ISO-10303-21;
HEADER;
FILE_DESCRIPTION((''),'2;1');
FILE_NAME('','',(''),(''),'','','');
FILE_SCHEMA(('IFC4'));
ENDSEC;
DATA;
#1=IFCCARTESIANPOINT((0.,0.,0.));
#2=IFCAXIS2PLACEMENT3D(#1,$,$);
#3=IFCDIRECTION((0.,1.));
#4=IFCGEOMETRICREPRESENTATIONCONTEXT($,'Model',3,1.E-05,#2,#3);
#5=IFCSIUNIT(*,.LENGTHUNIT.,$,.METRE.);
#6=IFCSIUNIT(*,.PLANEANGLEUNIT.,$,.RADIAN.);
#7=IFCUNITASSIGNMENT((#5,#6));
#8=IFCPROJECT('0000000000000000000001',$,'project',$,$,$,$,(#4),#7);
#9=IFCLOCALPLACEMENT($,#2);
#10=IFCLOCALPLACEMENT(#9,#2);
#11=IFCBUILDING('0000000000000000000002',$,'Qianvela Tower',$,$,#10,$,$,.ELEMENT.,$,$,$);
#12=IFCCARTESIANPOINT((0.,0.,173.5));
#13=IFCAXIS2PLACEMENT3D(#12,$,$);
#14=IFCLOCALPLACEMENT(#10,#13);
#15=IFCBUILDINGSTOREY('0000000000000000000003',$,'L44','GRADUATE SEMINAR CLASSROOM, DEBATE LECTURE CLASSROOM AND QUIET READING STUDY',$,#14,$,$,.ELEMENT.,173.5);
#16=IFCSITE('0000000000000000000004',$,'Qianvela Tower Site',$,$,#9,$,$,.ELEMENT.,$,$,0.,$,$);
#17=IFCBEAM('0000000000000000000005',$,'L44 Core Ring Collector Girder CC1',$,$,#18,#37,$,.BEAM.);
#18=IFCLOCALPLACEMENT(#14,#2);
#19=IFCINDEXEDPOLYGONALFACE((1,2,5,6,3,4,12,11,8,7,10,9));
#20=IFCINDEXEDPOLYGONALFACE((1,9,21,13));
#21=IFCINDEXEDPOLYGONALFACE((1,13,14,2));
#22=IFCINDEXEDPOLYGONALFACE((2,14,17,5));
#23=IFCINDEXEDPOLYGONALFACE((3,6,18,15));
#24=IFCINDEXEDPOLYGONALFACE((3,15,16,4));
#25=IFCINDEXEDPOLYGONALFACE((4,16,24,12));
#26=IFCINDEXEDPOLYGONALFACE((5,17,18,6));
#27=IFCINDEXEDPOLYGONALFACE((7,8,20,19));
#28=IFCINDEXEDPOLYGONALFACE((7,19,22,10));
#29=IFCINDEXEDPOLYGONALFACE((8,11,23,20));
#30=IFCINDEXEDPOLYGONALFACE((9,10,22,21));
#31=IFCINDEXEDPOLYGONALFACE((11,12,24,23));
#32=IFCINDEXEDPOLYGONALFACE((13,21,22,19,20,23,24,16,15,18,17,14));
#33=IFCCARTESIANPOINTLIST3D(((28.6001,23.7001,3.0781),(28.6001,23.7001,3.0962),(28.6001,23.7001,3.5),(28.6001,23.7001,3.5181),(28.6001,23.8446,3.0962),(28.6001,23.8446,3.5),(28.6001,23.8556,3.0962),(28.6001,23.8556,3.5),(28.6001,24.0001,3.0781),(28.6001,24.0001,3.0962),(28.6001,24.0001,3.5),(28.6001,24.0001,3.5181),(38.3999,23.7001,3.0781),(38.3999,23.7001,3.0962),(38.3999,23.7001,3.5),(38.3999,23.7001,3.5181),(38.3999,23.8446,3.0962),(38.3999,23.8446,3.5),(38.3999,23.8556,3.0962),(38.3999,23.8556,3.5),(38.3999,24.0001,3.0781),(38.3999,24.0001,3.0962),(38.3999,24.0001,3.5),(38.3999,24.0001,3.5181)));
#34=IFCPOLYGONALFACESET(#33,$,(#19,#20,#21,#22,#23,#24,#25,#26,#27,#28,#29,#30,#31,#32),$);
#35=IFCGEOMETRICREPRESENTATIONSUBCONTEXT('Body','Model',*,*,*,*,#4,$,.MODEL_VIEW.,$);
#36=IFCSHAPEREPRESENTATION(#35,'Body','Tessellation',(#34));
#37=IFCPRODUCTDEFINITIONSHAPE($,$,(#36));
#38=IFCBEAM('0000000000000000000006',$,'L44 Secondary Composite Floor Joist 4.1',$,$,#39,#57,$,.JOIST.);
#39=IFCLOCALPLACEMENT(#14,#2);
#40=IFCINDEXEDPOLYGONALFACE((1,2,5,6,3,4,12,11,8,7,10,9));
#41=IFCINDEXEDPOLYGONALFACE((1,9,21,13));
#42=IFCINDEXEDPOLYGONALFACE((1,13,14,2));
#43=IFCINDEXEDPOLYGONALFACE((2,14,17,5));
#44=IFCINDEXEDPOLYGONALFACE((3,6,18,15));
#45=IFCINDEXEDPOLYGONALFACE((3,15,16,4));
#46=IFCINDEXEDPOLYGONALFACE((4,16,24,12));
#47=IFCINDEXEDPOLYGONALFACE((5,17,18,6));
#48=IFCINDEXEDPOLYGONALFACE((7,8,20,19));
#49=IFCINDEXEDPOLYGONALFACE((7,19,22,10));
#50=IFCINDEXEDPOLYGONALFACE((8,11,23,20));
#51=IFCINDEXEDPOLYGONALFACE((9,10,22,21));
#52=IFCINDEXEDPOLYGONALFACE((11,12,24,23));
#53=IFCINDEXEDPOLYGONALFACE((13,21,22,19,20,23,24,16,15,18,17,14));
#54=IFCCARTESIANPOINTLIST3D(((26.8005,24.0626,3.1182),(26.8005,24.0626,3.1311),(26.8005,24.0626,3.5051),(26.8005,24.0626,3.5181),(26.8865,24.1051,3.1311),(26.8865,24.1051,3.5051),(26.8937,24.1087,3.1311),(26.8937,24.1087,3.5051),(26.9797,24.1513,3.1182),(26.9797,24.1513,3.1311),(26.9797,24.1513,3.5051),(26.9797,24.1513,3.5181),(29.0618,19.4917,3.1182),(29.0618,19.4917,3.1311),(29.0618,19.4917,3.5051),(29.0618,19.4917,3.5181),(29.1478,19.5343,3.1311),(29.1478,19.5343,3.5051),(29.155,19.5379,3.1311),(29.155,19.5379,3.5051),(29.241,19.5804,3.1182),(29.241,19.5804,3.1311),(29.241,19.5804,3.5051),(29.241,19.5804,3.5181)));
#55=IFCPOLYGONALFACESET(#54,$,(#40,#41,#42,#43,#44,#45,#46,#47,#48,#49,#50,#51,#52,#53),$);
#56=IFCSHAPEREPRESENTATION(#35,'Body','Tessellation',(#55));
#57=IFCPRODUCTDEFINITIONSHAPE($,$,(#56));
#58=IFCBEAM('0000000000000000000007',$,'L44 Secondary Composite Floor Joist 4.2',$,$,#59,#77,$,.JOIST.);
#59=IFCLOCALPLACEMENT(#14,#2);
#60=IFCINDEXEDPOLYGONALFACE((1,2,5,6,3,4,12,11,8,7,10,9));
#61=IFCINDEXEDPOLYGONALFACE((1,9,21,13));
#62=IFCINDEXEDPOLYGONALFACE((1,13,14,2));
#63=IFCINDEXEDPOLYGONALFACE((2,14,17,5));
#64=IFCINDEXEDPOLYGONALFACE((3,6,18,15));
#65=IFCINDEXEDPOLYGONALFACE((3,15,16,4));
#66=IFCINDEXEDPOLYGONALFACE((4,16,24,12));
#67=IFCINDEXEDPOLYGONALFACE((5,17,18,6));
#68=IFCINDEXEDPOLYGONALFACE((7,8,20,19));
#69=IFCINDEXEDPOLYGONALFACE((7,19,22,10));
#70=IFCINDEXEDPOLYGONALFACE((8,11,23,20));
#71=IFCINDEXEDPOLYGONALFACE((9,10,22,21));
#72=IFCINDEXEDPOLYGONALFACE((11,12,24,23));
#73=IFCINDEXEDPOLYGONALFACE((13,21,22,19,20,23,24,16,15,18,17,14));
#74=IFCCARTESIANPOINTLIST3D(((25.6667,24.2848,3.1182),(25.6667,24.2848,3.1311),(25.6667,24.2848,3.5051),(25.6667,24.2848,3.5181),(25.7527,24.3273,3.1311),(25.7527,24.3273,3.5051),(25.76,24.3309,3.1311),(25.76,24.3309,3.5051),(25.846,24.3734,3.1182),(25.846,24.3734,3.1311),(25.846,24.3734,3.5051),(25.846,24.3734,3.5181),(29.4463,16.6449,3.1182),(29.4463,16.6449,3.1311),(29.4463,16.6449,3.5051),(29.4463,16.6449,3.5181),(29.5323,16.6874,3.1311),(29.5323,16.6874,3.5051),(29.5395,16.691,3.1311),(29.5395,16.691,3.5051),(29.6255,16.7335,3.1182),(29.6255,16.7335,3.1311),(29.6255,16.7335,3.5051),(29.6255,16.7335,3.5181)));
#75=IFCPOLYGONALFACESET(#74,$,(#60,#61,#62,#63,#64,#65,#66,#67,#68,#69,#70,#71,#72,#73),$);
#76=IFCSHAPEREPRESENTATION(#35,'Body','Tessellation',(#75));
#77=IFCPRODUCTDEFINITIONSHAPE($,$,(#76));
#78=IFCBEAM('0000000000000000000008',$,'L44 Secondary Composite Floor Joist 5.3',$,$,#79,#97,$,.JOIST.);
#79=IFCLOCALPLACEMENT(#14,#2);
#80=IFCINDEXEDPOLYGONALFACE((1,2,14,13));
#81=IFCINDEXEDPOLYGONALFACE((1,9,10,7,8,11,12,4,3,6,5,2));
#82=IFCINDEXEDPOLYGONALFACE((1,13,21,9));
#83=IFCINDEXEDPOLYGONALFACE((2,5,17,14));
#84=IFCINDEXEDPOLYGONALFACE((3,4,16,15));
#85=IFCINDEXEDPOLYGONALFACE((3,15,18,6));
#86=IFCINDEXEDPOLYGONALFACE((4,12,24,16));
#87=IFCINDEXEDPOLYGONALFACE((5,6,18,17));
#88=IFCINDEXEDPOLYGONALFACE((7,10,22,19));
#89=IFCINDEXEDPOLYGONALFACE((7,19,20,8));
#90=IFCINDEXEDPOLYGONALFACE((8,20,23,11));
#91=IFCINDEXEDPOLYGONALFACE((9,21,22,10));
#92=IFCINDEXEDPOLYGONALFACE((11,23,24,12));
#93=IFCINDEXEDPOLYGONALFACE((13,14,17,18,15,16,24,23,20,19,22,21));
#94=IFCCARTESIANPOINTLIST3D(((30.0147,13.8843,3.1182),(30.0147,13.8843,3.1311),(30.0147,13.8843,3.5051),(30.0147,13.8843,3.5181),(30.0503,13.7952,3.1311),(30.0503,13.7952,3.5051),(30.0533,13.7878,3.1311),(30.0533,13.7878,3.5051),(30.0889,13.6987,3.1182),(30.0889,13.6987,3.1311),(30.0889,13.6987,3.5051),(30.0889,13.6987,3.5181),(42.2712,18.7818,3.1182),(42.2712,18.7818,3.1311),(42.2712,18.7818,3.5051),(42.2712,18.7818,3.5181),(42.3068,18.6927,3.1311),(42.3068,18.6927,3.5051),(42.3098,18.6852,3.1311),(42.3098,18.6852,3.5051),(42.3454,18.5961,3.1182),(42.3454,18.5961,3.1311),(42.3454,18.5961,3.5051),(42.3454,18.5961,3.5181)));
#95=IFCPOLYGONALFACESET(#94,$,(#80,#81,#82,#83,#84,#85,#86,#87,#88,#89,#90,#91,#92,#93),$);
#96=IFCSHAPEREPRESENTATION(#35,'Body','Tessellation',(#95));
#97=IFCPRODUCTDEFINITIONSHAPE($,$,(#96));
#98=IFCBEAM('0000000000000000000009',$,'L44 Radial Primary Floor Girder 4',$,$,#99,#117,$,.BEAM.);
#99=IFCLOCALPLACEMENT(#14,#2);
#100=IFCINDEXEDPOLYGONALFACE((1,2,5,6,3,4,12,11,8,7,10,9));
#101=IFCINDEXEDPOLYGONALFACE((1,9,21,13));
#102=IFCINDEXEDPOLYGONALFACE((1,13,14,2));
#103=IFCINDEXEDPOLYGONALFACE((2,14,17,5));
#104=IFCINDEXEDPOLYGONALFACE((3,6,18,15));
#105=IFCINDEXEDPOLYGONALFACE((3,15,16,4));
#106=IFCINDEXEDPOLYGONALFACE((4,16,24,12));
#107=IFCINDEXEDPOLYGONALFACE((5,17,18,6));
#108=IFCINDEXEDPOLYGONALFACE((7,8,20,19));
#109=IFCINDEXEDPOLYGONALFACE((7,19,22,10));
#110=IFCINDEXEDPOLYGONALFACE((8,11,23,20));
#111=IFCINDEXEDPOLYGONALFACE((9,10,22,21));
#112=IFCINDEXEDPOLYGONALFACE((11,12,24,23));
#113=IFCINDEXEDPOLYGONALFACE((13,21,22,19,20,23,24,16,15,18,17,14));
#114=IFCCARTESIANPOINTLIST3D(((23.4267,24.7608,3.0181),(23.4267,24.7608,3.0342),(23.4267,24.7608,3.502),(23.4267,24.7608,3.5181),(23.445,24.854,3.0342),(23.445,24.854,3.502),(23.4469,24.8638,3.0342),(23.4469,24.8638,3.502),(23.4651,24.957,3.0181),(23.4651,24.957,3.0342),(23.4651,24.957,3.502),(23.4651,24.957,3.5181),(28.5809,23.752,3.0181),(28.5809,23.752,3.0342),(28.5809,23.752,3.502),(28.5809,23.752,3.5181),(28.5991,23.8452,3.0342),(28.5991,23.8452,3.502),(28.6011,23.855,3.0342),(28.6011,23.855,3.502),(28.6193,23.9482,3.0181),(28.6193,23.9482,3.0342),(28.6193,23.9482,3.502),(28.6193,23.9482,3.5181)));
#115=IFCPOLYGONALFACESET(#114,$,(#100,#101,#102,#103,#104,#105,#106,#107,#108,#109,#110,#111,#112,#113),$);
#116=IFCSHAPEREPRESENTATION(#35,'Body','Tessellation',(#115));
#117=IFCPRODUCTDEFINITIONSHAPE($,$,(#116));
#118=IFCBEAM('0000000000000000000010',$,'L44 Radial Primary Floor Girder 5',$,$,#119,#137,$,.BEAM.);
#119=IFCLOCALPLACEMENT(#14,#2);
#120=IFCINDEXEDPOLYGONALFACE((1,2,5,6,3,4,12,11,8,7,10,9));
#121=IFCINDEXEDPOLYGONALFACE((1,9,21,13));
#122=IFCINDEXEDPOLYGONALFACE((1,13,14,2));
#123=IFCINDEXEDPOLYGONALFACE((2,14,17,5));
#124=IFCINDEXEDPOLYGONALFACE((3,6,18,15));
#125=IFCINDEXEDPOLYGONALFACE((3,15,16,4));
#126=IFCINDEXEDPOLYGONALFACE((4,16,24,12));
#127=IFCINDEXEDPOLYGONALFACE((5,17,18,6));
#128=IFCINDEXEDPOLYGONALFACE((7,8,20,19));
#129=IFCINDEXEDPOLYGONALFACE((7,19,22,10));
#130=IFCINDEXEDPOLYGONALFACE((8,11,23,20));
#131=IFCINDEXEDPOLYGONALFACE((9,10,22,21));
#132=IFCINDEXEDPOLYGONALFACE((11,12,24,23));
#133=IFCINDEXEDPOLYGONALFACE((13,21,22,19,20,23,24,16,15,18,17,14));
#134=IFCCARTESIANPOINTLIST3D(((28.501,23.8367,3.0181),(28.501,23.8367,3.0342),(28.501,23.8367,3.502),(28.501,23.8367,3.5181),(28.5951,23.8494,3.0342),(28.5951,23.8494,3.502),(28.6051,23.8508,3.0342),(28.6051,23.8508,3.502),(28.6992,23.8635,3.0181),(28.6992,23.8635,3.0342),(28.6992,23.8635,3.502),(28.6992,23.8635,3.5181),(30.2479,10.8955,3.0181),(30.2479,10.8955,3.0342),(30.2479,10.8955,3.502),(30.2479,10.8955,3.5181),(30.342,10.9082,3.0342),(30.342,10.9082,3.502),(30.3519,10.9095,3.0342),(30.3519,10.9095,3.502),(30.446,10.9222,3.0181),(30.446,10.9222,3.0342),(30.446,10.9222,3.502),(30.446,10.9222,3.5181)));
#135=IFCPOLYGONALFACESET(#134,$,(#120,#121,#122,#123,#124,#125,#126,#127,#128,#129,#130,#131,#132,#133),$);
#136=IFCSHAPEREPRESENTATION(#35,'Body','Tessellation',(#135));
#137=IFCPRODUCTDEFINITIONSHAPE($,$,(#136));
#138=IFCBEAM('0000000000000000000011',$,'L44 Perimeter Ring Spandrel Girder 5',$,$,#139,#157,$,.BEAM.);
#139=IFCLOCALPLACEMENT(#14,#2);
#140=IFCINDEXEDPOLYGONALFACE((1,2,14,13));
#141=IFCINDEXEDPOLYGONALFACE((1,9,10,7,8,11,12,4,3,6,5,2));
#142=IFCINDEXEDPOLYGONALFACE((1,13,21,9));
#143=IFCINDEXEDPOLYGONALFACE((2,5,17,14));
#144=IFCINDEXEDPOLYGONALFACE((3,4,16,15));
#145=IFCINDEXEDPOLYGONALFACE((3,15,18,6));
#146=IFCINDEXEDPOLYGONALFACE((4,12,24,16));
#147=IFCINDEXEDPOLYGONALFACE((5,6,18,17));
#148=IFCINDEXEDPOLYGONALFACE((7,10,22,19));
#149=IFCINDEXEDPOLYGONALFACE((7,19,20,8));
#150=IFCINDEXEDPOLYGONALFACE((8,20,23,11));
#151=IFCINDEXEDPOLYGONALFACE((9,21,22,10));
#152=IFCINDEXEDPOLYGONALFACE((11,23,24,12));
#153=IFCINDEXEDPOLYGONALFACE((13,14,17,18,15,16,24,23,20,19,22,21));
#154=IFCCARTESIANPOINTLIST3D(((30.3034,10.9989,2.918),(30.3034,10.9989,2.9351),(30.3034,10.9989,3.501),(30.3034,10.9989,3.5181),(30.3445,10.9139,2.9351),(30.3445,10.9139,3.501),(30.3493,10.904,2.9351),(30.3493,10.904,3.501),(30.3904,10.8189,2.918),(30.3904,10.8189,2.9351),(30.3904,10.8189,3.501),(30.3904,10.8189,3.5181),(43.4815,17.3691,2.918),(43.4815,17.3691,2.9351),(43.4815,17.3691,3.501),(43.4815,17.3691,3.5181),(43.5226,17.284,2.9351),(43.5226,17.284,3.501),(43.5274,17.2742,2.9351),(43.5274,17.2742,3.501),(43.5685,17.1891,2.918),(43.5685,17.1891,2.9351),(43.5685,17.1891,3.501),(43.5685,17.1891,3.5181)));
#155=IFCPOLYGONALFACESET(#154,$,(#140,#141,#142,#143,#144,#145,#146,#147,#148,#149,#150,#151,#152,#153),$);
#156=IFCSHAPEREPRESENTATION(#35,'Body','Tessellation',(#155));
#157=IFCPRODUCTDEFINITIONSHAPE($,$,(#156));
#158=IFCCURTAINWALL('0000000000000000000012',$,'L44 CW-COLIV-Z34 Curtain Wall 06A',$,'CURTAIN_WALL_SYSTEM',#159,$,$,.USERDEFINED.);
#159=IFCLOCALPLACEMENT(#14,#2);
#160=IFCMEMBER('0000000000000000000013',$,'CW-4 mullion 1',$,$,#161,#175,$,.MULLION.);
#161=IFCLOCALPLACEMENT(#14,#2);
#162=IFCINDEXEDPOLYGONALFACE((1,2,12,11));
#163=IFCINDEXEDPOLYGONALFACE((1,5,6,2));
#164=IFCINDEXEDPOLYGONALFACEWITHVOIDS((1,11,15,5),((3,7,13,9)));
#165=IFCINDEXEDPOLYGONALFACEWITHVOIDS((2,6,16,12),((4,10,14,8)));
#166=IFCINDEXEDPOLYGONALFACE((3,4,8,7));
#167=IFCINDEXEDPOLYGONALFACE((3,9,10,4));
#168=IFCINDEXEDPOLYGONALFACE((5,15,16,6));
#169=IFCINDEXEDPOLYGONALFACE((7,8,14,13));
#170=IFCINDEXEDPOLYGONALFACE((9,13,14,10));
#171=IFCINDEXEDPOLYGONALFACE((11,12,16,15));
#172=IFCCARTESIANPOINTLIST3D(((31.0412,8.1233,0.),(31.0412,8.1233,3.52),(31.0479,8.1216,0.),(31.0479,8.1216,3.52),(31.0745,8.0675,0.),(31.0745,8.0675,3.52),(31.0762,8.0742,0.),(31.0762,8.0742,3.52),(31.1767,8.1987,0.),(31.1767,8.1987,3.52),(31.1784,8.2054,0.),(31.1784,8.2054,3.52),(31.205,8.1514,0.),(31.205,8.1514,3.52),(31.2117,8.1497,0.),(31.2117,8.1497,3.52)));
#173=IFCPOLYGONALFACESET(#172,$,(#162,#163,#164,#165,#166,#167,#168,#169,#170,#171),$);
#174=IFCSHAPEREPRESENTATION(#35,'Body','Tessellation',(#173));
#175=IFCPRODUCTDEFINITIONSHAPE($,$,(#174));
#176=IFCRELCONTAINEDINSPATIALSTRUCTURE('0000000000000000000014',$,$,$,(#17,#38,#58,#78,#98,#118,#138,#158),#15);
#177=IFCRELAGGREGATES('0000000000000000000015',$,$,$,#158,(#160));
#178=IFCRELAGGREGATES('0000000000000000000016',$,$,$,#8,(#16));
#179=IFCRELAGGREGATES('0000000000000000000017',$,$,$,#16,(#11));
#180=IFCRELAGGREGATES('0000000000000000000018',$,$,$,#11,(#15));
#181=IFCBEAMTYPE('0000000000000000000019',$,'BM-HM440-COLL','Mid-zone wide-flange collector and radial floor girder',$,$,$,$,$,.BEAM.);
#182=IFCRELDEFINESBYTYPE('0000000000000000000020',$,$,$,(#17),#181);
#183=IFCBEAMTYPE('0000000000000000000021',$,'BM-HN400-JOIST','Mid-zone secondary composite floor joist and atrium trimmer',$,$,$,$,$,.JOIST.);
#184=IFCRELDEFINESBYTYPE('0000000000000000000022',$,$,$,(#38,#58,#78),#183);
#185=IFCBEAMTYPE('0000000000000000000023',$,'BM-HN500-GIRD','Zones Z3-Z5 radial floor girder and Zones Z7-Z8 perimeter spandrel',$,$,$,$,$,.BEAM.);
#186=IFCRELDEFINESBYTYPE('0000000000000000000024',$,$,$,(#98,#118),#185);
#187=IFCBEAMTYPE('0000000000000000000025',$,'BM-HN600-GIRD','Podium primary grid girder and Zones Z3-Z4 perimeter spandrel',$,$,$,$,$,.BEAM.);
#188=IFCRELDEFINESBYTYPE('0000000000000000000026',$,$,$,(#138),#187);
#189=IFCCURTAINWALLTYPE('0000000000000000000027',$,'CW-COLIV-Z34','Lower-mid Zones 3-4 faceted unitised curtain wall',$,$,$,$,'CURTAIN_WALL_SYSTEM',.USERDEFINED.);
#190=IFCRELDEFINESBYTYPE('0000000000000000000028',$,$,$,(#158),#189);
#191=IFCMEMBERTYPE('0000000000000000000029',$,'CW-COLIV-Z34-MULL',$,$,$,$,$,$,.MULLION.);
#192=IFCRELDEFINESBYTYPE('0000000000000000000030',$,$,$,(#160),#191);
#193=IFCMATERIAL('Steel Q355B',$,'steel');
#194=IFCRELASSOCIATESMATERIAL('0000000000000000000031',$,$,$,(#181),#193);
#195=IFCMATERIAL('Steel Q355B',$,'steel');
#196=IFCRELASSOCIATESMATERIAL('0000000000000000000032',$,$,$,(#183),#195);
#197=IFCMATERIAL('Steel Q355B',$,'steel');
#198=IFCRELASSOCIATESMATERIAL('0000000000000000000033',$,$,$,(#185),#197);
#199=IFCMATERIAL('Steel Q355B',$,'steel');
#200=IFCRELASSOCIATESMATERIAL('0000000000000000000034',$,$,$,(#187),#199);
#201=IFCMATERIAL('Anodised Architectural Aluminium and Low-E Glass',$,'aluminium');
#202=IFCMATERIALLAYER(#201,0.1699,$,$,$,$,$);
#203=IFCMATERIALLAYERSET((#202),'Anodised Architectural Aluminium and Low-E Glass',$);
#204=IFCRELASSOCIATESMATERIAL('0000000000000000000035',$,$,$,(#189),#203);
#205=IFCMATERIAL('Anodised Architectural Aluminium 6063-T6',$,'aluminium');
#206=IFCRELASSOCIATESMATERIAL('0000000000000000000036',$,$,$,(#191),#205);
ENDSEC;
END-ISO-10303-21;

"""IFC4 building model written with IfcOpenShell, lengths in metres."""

from ifc_helpers import new_model, si_unit, direction, frame, origin, origin_2d, place, context, subcontext, project, spatial, hollow_rectangle, i_section, extrude, material, layer, layer_set, material_profile, profile_set, type_object, element, aggregate, save


model = new_model("IFC4")

# Units and contexts
model_context = context("Model", 3, precision=1e-05, world=origin(), true_north=direction((0.0, 1.0)))
body_context = subcontext(model_context, "Body", "Model", "MODEL_VIEW")
ifc_project = project(units=[si_unit("LENGTHUNIT", "METRE"), si_unit("PLANEANGLEUNIT", "RADIAN")], contexts=[model_context])

# Site, building, storey
site_placement = place(None, origin())
site = spatial("IfcSite", under=ifc_project, at=site_placement, Name="Qianvela Tower Site", CompositionType="ELEMENT", RefElevation=0.0)
building_placement = place(site_placement, origin())
building = spatial("IfcBuilding", under=site, at=building_placement, Name="Qianvela Tower", CompositionType="ELEMENT")
storey_placement = place(building_placement, frame((0.0, 0.0, 173.5)))
storey = spatial("IfcBuildingStorey", under=building, at=storey_placement, Name="L44", Description="GRADUATE SEMINAR CLASSROOM, DEBATE LECTURE CLASSROOM AND QUIET READING STUDY", CompositionType="ELEMENT", Elevation=173.5)

# Beams
ifc_material_1 = material(Name="Steel Q355B", Category="steel")
ifc_material_profile_1 = material_profile(ifc_material_1, i_section(OverallWidth=0.3, OverallDepth=0.4399, WebThickness=0.011, FlangeThickness=0.0181, at=origin_2d()), Name="HM440x300x11x18")
ifc_profile_set_1 = profile_set([ifc_material_profile_1], Name="Steel Q355B")
beam_type_1 = type_object("IfcBeamType", Name="BM-HM440-COLL", Description="Mid-zone wide-flange collector and radial floor girder", PredefinedType="BEAM", material=ifc_profile_set_1)
beam_1_placement = place(storey_placement, frame((28.6001, 23.8501, 3.2981), z_axis=(1.0, 0.0, 0.0), x_axis=(0.0, 1.0, 0.0)))
element("IfcBeam", 1, at=beam_1_placement, inside=storey, type_object=beam_type_1, Name="L44 Core Ring Collector Girder CC1", PredefinedType="BEAM", context=body_context, shape_type="SweptSolid", body=[
    extrude(i_section(OverallWidth=0.3, OverallDepth=0.4399, WebThickness=0.011, FlangeThickness=0.0181, at=origin_2d()), origin(), (0.0, 0.0, 1.0), 9.7998),
])
ifc_material_2 = material(Name="Steel Q355B", Category="steel")
ifc_material_profile_2 = material_profile(ifc_material_2, i_section(OverallWidth=0.2, OverallDepth=0.3999, WebThickness=0.0081, FlangeThickness=0.0129, at=origin_2d()), Name="HN400x200x8x13")
ifc_profile_set_2 = profile_set([ifc_material_profile_2], Name="Steel Q355B")
beam_type_2 = type_object("IfcBeamType", Name="BM-HN400-JOIST", Description="Mid-zone secondary composite floor joist and atrium trimmer", PredefinedType="JOIST", material=ifc_profile_set_2)
beam_2_placement = place(storey_placement, frame((26.8901, 24.1069, 3.3181), z_axis=(0.443418, -0.896315, 0.0), x_axis=(0.896315, 0.443418, 0.0)))
element("IfcBeam", 2, at=beam_2_placement, inside=storey, type_object=beam_type_2, Name="L44 Secondary Composite Floor Joist 4.1", PredefinedType="JOIST", context=body_context, shape_type="SweptSolid", body=[
    extrude(i_section(OverallWidth=0.2, OverallDepth=0.3999, WebThickness=0.0081, FlangeThickness=0.0129, at=origin_2d()), origin(), (0.0, 0.0, 1.0), 5.0996),
])
beam_3_placement = place(storey_placement, frame((25.7563, 24.3291, 3.3181), z_axis=(0.443417, -0.896315, 0.0), x_axis=(0.896315, 0.443417, 0.0)))
element("IfcBeam", 3, at=beam_3_placement, inside=storey, type_object=beam_type_2, Name="L44 Secondary Composite Floor Joist 4.2", PredefinedType="JOIST", context=body_context, shape_type="SweptSolid", body=[
    extrude(i_section(OverallWidth=0.2, OverallDepth=0.3999, WebThickness=0.0081, FlangeThickness=0.0129, at=origin_2d()), origin(), (0.0, 0.0, 1.0), 8.5237),
])
beam_4_placement = place(storey_placement, frame((30.0518, 13.7915, 3.3181), z_axis=(0.928612, 0.371053, 0.0), x_axis=(-0.371053, 0.928612, 0.0)))
element("IfcBeam", 4, at=beam_4_placement, inside=storey, type_object=beam_type_2, Name="L44 Secondary Composite Floor Joist 5.3", PredefinedType="JOIST", context=body_context, shape_type="SweptSolid", body=[
    extrude(i_section(OverallWidth=0.2, OverallDepth=0.3999, WebThickness=0.0081, FlangeThickness=0.0129, at=origin_2d()), origin(), (0.0, 0.0, 1.0), 13.1987),
])
ifc_material_3 = material(Name="Steel Q355B", Category="steel")
ifc_material_profile_3 = material_profile(ifc_material_3, i_section(OverallWidth=0.2, OverallDepth=0.5, WebThickness=0.01, FlangeThickness=0.0161, at=origin_2d()), Name="HN500x200x10x16")
ifc_profile_set_3 = profile_set([ifc_material_profile_3], Name="Steel Q355B")
beam_type_3 = type_object("IfcBeamType", Name="BM-HN500-GIRD", Description="Zones Z3-Z5 radial floor girder and Zones Z7-Z8 perimeter spandrel", PredefinedType="BEAM", material=ifc_profile_set_3)
beam_5_placement = place(storey_placement, frame((28.6001, 23.8501, 3.2681), z_axis=(-0.981379, 0.192083, 0.0), x_axis=(-0.192083, -0.981379, 0.0)))
element("IfcBeam", 5, at=beam_5_placement, inside=storey, type_object=beam_type_3, Name="L44 Radial Primary Floor Girder 4", PredefinedType="BEAM", context=body_context, shape_type="SweptSolid", body=[
    extrude(i_section(OverallWidth=0.2, OverallDepth=0.5, WebThickness=0.01, FlangeThickness=0.0161, at=origin_2d()), origin(), (0.0, 0.0, 1.0), 5.252),
])
beam_6_placement = place(storey_placement, frame((28.6001, 23.8501, 3.2681), z_axis=(0.133769, -0.991013, 0.0), x_axis=(0.991013, 0.133769, 0.0)))
element("IfcBeam", 6, at=beam_6_placement, inside=storey, type_object=beam_type_3, Name="L44 Radial Primary Floor Girder 5", PredefinedType="BEAM", context=body_context, shape_type="SweptSolid", body=[
    extrude(i_section(OverallWidth=0.2, OverallDepth=0.5, WebThickness=0.01, FlangeThickness=0.0161, at=origin_2d()), origin(), (0.0, 0.0, 1.0), 13.0586),
])
ifc_material_4 = material(Name="Steel Q355B", Category="steel")
ifc_material_profile_4 = material_profile(ifc_material_4, i_section(OverallWidth=0.2, OverallDepth=0.6001, WebThickness=0.011, FlangeThickness=0.0171, at=origin_2d()), Name="HN600x200x11x17")
ifc_profile_set_4 = profile_set([ifc_material_profile_4], Name="Steel Q355B")
beam_type_4 = type_object("IfcBeamType", Name="BM-HN600-GIRD", Description="Podium primary grid girder and Zones Z3-Z4 perimeter spandrel", PredefinedType="BEAM", material=ifc_profile_set_4)
beam_7_placement = place(storey_placement, frame((30.3469, 10.9089, 3.218), z_axis=(0.900329, 0.435211, 0.0), x_axis=(-0.435211, 0.900329, 0.0)))
element("IfcBeam", 7, at=beam_7_placement, inside=storey, type_object=beam_type_4, Name="L44 Perimeter Ring Spandrel Girder 5", PredefinedType="BEAM", context=body_context, shape_type="SweptSolid", body=[
    extrude(i_section(OverallWidth=0.2, OverallDepth=0.6001, WebThickness=0.011, FlangeThickness=0.0171, at=origin_2d()), origin(), (0.0, 0.0, 1.0), 14.637),
])

# Curtain wall, member
ifc_material_5 = material(Name="Anodised Architectural Aluminium and Low-E Glass", Category="aluminium")
ifc_layer_1 = layer(ifc_material_5, 0.1699)
ifc_layer_set_1 = layer_set([ifc_layer_1], Name="Anodised Architectural Aluminium and Low-E Glass")
curtain_wall_type = type_object("IfcCurtainWallType", Name="CW-COLIV-Z34", Description="Lower-mid Zones 3-4 faceted unitised curtain wall", ElementType="CURTAIN_WALL_SYSTEM", PredefinedType="USERDEFINED", material=ifc_layer_set_1)
curtain_wall_placement = place(storey_placement, origin())
curtain_wall = element("IfcCurtainWall", 8, at=curtain_wall_placement, inside=storey, type_object=curtain_wall_type, Name="L44 CW-COLIV-Z34 Curtain Wall 06A", ObjectType="CURTAIN_WALL_SYSTEM", PredefinedType="USERDEFINED")
ifc_material_6 = material(Name="Anodised Architectural Aluminium 6063-T6", Category="aluminium")
ifc_material_profile_5 = material_profile(ifc_material_6, hollow_rectangle(XDim=0.0649, YDim=0.1599, WallThickness=0.0049, at=origin_2d()), Name="ALU-MULL-65x160")
ifc_profile_set_5 = profile_set([ifc_material_profile_5], Name="Anodised Architectural Aluminium 6063-T6")
member_type_1 = type_object("IfcMemberType", Name="CW-COLIV-Z34-MULL", PredefinedType="MULLION", material=ifc_profile_set_5)
member_1_placement = place(storey_placement, frame((31.1265, 8.1365, 0.0), z_axis=(0.0, 0.0, 1.0), x_axis=(-0.513738, 0.857947, 0.0)))
member_1 = element("IfcMember", 9, at=member_1_placement, type_object=member_type_1, Name="CW-4 mullion 1", PredefinedType="MULLION", context=body_context, shape_type="SweptSolid", body=[
    extrude(hollow_rectangle(XDim=0.0649, YDim=0.1599, WallThickness=0.0049, at=origin_2d()), origin(), (0.0, 0.0, 1.0), 3.52),
])
aggregate(curtain_wall, [member_1])

save(model, "model.ifc")
